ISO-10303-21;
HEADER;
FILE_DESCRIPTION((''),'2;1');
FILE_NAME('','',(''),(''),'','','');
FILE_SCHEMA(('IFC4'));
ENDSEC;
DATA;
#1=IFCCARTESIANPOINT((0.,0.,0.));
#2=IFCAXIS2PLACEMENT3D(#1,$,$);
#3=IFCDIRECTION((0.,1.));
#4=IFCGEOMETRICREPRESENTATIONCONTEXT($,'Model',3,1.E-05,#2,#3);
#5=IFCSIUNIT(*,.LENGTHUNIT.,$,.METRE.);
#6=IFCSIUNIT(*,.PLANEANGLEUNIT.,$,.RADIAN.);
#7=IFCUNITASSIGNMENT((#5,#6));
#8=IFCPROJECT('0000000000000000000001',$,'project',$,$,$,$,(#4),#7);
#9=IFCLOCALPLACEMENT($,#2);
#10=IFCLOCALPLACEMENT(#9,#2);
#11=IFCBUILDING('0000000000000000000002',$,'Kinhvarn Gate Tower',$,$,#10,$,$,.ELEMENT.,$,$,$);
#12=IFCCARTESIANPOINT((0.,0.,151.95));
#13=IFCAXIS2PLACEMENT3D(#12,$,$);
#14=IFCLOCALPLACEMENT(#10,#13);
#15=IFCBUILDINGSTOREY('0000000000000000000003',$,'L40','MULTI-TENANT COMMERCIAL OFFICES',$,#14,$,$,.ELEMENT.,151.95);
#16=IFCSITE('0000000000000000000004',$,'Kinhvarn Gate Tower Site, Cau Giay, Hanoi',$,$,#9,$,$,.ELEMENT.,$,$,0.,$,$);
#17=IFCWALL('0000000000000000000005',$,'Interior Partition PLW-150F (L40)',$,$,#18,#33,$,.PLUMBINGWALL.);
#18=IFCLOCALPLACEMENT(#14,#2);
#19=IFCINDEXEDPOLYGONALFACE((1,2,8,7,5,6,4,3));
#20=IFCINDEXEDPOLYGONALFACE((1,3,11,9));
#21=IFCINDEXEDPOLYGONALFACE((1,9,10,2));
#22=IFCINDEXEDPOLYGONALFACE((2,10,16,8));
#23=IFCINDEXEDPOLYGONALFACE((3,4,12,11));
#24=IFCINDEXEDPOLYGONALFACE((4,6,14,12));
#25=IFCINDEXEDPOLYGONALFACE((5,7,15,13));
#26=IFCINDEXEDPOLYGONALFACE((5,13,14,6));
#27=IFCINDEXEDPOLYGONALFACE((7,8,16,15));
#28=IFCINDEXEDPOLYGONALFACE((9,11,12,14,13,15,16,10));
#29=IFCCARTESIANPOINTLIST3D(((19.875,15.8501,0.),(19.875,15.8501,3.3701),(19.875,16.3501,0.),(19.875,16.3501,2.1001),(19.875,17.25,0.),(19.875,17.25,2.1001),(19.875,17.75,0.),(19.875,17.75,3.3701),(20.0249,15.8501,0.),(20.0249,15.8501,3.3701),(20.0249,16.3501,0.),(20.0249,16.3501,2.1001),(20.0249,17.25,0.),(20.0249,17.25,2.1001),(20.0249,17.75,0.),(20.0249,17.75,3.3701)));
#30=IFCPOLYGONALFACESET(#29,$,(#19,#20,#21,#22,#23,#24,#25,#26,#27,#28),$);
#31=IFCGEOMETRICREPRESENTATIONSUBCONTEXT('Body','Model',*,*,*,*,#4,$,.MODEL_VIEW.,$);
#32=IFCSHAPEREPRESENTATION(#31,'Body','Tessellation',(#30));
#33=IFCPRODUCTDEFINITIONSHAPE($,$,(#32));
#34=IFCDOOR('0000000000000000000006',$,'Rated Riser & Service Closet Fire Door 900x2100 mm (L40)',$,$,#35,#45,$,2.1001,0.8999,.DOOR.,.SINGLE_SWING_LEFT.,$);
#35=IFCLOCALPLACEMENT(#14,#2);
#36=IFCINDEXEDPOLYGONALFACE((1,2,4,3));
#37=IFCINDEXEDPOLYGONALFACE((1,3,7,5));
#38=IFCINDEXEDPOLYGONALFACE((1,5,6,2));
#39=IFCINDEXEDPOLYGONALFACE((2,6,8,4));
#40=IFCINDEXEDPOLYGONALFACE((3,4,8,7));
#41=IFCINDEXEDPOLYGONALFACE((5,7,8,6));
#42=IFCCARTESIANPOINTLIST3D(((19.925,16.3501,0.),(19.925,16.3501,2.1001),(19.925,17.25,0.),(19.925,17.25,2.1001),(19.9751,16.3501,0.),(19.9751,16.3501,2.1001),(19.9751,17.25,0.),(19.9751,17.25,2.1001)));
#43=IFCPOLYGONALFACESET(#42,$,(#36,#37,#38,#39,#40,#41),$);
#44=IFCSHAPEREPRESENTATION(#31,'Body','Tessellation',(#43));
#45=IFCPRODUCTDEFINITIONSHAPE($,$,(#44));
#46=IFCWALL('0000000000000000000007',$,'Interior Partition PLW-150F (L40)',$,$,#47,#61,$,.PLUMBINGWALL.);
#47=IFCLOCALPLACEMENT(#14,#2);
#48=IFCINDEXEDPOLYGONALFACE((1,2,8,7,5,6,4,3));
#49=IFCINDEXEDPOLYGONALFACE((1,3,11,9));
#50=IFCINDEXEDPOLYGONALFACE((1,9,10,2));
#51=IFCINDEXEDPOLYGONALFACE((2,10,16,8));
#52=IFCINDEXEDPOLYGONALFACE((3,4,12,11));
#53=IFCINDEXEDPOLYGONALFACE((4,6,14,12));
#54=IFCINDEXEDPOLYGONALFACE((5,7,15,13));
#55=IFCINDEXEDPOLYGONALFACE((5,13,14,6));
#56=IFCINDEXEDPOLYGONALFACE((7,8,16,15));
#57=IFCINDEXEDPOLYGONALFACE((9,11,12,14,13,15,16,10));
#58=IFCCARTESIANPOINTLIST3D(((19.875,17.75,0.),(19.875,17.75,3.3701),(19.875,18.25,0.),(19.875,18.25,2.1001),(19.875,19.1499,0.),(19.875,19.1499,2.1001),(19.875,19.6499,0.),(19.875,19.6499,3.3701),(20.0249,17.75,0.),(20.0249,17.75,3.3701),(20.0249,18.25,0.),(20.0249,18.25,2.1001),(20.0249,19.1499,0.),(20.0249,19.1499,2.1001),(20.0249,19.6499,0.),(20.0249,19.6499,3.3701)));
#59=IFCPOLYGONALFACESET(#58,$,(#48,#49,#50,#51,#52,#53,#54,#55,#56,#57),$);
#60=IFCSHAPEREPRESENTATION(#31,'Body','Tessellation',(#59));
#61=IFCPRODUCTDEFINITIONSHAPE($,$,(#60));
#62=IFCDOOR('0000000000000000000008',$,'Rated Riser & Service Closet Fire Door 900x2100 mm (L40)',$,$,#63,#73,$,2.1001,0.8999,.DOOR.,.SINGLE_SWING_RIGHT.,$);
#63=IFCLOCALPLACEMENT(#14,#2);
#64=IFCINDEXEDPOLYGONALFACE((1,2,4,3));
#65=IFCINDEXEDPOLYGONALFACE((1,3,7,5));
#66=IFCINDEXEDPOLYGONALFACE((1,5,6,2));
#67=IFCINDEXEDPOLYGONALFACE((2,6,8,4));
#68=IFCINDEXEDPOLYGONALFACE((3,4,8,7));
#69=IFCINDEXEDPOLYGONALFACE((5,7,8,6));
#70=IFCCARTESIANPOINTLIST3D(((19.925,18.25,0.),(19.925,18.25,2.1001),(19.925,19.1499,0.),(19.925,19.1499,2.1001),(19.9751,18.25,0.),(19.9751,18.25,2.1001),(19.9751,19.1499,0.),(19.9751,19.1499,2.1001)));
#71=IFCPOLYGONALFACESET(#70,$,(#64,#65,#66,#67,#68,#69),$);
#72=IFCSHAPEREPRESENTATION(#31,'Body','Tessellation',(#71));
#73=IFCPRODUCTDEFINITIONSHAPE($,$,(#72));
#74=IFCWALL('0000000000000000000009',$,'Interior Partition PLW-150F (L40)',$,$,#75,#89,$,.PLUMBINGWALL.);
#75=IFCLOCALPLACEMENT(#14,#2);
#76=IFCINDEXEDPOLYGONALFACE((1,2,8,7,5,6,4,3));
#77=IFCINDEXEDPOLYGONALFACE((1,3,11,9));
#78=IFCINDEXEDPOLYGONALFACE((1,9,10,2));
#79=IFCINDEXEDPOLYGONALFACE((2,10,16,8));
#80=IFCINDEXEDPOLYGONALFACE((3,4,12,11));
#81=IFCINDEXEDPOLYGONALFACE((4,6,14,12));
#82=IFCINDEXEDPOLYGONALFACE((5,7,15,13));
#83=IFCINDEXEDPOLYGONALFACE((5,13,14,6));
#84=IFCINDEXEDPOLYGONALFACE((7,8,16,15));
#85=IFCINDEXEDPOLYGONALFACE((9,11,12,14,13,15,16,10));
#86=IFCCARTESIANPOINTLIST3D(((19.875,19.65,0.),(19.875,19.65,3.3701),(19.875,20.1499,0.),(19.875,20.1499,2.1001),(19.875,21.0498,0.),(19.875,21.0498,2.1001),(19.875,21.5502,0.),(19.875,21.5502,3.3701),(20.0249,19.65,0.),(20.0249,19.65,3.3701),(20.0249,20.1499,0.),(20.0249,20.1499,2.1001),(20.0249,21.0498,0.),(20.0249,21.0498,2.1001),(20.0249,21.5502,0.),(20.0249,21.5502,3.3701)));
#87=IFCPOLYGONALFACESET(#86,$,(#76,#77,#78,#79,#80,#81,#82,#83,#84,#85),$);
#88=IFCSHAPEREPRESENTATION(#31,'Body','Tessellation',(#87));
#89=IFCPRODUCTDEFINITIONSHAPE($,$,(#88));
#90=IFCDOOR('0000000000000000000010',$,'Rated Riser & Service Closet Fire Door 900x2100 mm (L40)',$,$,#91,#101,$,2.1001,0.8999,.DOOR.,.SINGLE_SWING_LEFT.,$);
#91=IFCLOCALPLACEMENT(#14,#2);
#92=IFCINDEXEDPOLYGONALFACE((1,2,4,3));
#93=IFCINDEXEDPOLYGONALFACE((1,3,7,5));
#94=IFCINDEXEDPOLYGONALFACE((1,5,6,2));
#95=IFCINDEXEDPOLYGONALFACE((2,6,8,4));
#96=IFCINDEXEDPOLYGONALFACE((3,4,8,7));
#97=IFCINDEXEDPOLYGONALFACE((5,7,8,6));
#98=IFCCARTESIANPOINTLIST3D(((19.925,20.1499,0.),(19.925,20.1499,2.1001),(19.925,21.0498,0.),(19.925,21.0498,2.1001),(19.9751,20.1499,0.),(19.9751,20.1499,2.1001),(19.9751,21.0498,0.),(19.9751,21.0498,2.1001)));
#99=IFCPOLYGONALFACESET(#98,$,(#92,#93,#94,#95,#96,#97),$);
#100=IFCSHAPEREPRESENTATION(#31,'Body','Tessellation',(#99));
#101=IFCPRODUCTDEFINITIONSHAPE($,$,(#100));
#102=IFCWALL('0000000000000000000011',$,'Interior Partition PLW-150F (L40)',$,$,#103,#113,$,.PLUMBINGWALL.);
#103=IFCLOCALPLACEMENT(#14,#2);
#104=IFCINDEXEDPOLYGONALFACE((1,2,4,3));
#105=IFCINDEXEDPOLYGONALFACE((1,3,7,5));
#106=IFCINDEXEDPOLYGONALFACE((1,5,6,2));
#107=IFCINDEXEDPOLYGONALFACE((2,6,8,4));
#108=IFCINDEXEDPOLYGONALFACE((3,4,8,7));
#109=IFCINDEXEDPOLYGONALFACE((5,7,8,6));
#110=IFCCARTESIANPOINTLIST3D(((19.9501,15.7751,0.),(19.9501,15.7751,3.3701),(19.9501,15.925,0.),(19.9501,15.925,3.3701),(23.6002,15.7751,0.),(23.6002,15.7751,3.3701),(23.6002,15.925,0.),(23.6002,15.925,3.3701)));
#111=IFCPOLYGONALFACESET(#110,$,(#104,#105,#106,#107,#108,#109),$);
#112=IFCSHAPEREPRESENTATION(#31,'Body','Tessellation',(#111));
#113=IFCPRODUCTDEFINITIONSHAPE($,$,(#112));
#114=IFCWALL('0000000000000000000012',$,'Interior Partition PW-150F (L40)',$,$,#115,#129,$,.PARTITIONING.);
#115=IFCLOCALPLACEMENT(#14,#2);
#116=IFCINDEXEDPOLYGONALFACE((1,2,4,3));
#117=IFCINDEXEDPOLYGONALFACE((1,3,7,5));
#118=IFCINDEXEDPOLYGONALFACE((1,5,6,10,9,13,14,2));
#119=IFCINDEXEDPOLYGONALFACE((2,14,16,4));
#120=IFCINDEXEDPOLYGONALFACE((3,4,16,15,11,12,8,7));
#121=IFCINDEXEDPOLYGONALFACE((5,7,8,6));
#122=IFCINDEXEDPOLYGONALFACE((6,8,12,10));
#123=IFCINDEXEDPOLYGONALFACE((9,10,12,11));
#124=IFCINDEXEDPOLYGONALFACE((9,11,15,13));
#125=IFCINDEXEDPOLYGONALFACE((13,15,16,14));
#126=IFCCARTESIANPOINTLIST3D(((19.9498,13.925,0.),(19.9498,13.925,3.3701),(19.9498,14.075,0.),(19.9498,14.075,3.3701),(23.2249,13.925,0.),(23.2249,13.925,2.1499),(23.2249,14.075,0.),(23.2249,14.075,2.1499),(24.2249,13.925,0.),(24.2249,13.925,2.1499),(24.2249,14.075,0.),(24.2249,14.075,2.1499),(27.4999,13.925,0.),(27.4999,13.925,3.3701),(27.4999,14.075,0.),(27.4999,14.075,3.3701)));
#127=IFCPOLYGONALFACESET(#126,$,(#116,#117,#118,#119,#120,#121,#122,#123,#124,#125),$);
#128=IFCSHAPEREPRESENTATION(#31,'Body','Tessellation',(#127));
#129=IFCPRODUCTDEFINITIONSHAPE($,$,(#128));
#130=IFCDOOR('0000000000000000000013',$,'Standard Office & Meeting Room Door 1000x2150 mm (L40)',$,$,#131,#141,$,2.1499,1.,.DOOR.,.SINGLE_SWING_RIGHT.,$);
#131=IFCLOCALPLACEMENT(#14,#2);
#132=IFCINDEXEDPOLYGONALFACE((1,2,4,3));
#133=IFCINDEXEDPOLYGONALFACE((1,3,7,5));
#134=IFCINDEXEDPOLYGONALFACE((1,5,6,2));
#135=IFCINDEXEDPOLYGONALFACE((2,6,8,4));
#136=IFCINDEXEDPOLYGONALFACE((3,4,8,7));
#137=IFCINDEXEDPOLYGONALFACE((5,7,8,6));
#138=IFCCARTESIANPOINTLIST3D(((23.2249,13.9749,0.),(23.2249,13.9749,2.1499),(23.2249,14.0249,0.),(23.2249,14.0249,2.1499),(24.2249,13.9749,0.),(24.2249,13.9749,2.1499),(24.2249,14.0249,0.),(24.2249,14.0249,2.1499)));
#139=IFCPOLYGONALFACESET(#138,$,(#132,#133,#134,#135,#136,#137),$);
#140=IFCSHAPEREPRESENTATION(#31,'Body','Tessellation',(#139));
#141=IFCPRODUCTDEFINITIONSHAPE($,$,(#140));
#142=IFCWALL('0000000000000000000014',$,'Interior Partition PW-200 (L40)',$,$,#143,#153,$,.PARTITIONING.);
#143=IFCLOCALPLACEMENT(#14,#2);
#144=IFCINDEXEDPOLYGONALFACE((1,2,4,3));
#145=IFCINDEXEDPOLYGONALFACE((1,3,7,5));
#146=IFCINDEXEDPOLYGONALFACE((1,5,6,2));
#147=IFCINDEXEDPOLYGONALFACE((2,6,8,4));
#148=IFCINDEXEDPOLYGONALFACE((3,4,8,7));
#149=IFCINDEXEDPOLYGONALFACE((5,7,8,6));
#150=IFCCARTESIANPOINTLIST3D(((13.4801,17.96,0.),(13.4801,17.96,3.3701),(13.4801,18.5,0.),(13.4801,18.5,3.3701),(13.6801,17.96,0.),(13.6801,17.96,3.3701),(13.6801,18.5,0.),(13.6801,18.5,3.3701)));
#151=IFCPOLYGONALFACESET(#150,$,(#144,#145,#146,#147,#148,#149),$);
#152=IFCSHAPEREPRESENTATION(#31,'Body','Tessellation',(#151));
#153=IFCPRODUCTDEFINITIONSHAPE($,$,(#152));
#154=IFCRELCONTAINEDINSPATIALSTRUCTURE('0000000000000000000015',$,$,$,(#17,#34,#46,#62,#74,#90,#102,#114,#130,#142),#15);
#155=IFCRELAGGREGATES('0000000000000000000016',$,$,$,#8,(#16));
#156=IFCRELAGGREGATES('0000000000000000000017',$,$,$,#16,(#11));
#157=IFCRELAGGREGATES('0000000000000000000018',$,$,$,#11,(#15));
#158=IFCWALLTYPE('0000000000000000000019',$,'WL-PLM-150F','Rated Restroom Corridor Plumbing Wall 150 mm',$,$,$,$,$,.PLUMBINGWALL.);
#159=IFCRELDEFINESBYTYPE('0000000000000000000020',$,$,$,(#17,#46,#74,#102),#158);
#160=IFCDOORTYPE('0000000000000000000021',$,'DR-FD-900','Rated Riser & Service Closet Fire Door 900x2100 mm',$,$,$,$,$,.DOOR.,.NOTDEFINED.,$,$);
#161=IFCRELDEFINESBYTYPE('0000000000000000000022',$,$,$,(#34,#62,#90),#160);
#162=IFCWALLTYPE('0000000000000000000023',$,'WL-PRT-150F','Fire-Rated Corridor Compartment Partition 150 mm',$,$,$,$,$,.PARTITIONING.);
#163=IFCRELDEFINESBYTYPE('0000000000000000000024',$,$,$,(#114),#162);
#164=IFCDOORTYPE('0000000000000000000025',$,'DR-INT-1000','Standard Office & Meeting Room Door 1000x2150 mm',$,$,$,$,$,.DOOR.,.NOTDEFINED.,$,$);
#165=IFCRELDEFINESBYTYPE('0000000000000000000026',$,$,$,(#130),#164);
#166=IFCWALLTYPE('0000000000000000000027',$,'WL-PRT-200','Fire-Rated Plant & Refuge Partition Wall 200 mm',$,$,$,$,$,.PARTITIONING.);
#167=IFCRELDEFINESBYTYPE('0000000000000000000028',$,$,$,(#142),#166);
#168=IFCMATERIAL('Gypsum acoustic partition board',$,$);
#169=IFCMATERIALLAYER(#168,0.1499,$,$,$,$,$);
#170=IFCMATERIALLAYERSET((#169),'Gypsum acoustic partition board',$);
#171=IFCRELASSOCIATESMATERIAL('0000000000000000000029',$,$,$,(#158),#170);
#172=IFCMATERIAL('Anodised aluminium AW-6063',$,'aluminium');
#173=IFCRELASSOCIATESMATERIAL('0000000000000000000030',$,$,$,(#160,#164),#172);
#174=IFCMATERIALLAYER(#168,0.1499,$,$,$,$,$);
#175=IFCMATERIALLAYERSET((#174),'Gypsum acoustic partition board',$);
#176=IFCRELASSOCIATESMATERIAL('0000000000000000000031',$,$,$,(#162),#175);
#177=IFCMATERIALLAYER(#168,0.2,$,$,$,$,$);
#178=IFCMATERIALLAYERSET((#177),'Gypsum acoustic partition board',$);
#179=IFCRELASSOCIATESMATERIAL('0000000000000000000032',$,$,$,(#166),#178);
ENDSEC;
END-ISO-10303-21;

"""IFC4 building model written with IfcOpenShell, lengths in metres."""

from ifc_helpers import new_model, si_unit, direction, frame, frame_2d, origin, place, context, subcontext, project, spatial, rectangle, extrude, material, layer, layer_set, type_object, element, fill, save


model = new_model("IFC4")

# Units and contexts
model_context = context("Model", 3, precision=1e-05, world=origin(), true_north=direction((0.0, 1.0)))
body_context = subcontext(model_context, "Body", "Model", "MODEL_VIEW")
ifc_project = project(units=[si_unit("LENGTHUNIT", "METRE"), si_unit("PLANEANGLEUNIT", "RADIAN")], contexts=[model_context])

# Site, building, storey
site_placement = place(None, origin())
site = spatial("IfcSite", under=ifc_project, at=site_placement, Name="Kinhvarn Gate Tower Site, Cau Giay, Hanoi", CompositionType="ELEMENT", RefElevation=0.0)
building_placement = place(site_placement, origin())
building = spatial("IfcBuilding", under=site, at=building_placement, Name="Kinhvarn Gate Tower", CompositionType="ELEMENT")
storey_placement = place(building_placement, frame((0.0, 0.0, 151.95)))
storey = spatial("IfcBuildingStorey", under=building, at=storey_placement, Name="L40", Description="MULTI-TENANT COMMERCIAL OFFICES", CompositionType="ELEMENT", Elevation=151.95)

# Shared definitions
ifc_material_1 = material(Name="Anodised aluminium AW-6063", Category="aluminium")

# Shared definitions
ifc_material_2 = material(Name="Gypsum acoustic partition board")

# Walls, openings, doors
ifc_layer_1 = layer(ifc_material_2, 0.1499)
ifc_layer_set_1 = layer_set([ifc_layer_1], Name="Gypsum acoustic partition board")
wall_type_1 = type_object("IfcWallType", Name="WL-PLM-150F", Description="Rated Restroom Corridor Plumbing Wall 150 mm", PredefinedType="PLUMBINGWALL", material=ifc_layer_set_1)
wall_1_placement = place(storey_placement, frame((19.95, 15.8501, 0.0), z_axis=(0.0, 0.0, 1.0), x_axis=(0.0, 1.0, 0.0)))
wall_1 = element("IfcWall", 1, at=wall_1_placement, inside=storey, type_object=wall_type_1, Name="Interior Partition PLW-150F (L40)", PredefinedType="PLUMBINGWALL", context=body_context, shape_type="SweptSolid", body=[
    extrude(rectangle(XDim=1.8999, YDim=0.1499, at=frame_2d((0.95, 0.0))), origin(), (0.0, 0.0, 1.0), 3.3701),
])
opening_1_placement = place(wall_1_placement, frame((0.5, 0.0, 0.0)))
opening_1 = element("IfcOpeningElement", 2, at=opening_1_placement, cuts=wall_1, PredefinedType="OPENING", context=body_context, shape_type="SweptSolid", body=[
    extrude(rectangle(XDim=0.8999, YDim=2.1001, at=frame_2d((0.45, 1.05))), frame((0.0, 0.085, 0.0), z_axis=(0.0, -1.0, 0.0), x_axis=(1.0, 0.0, 0.0)), (0.0, 0.0, 1.0), 0.1699),
])
door_type_1 = type_object("IfcDoorType", Name="DR-FD-900", Description="Rated Riser & Service Closet Fire Door 900x2100 mm", OperationType="NOTDEFINED", PredefinedType="DOOR", material=ifc_material_1)
door_1_placement = place(opening_1_placement, origin())
door_1 = element("IfcDoor", 3, at=door_1_placement, inside=storey, type_object=door_type_1, Name="Rated Riser & Service Closet Fire Door 900x2100 mm (L40)", OperationType="SINGLE_SWING_LEFT", OverallHeight=2.1001, OverallWidth=0.8999, PredefinedType="DOOR", context=body_context, shape_type="SweptSolid", body=[
    extrude(rectangle(XDim=0.8999, YDim=2.1001, at=frame_2d((0.45, 1.05))), frame((0.0, 0.0249, 0.0), z_axis=(0.0, -1.0, 0.0), x_axis=(1.0, 0.0, 0.0)), (0.0, 0.0, 1.0), 0.05),
])
fill(opening_1, door_1)
wall_2_placement = place(storey_placement, frame((19.95, 17.75, 0.0), z_axis=(0.0, 0.0, 1.0), x_axis=(0.0, 1.0, 0.0)))
wall_2 = element("IfcWall", 4, at=wall_2_placement, inside=storey, type_object=wall_type_1, Name="Interior Partition PLW-150F (L40)", PredefinedType="PLUMBINGWALL", context=body_context, shape_type="SweptSolid", body=[
    extrude(rectangle(XDim=1.8999, YDim=0.1499, at=frame_2d((0.95, 0.0))), origin(), (0.0, 0.0, 1.0), 3.3701),
])
opening_2_placement = place(wall_2_placement, frame((0.5, 0.0, 0.0)))
opening_2 = element("IfcOpeningElement", 5, at=opening_2_placement, cuts=wall_2, PredefinedType="OPENING", context=body_context, shape_type="SweptSolid", body=[
    extrude(rectangle(XDim=0.8999, YDim=2.1001, at=frame_2d((0.45, 1.05))), frame((0.0, 0.085, 0.0), z_axis=(0.0, -1.0, 0.0), x_axis=(1.0, 0.0, 0.0)), (0.0, 0.0, 1.0), 0.1699),
])
door_2_placement = place(opening_2_placement, origin())
door_2 = element("IfcDoor", 6, at=door_2_placement, inside=storey, type_object=door_type_1, Name="Rated Riser & Service Closet Fire Door 900x2100 mm (L40)", OperationType="SINGLE_SWING_RIGHT", OverallHeight=2.1001, OverallWidth=0.8999, PredefinedType="DOOR", context=body_context, shape_type="SweptSolid", body=[
    extrude(rectangle(XDim=0.8999, YDim=2.1001, at=frame_2d((0.45, 1.05))), frame((0.0, 0.0249, 0.0), z_axis=(0.0, -1.0, 0.0), x_axis=(1.0, 0.0, 0.0)), (0.0, 0.0, 1.0), 0.05),
])
fill(opening_2, door_2)
wall_3_placement = place(storey_placement, frame((19.95, 19.6499, 0.0), z_axis=(0.0, 0.0, 1.0), x_axis=(0.0, 1.0, 0.0)))
wall_3 = element("IfcWall", 7, at=wall_3_placement, inside=storey, type_object=wall_type_1, Name="Interior Partition PLW-150F (L40)", PredefinedType="PLUMBINGWALL", context=body_context, shape_type="SweptSolid", body=[
    extrude(rectangle(XDim=1.9001, YDim=0.1499, at=frame_2d((0.9502, 0.0))), origin(), (0.0, 0.0, 1.0), 3.3701),
])
opening_3_placement = place(wall_3_placement, frame((0.5, 0.0, 0.0)))
opening_3 = element("IfcOpeningElement", 8, at=opening_3_placement, cuts=wall_3, PredefinedType="OPENING", context=body_context, shape_type="SweptSolid", body=[
    extrude(rectangle(XDim=0.8999, YDim=2.1001, at=frame_2d((0.45, 1.05))), frame((0.0, 0.085, 0.0), z_axis=(0.0, -1.0, 0.0), x_axis=(1.0, 0.0, 0.0)), (0.0, 0.0, 1.0), 0.1699),
])
door_3_placement = place(opening_3_placement, origin())
door_3 = element("IfcDoor", 9, at=door_3_placement, inside=storey, type_object=door_type_1, Name="Rated Riser & Service Closet Fire Door 900x2100 mm (L40)", OperationType="SINGLE_SWING_LEFT", OverallHeight=2.1001, OverallWidth=0.8999, PredefinedType="DOOR", context=body_context, shape_type="SweptSolid", body=[
    extrude(rectangle(XDim=0.8999, YDim=2.1001, at=frame_2d((0.45, 1.05))), frame((0.0, 0.0249, 0.0), z_axis=(0.0, -1.0, 0.0), x_axis=(1.0, 0.0, 0.0)), (0.0, 0.0, 1.0), 0.05),
])
fill(opening_3, door_3)

# Wall
wall_4_placement = place(storey_placement, frame((19.95, 15.8501, 0.0), z_axis=(0.0, 0.0, 1.0), x_axis=(1.0, 0.0, 0.0)))
element("IfcWall", 10, at=wall_4_placement, inside=storey, type_object=wall_type_1, Name="Interior Partition PLW-150F (L40)", PredefinedType="PLUMBINGWALL", context=body_context, shape_type="SweptSolid", body=[
    extrude(rectangle(XDim=3.6501, YDim=0.1499, at=frame_2d((1.8252, 0.0))), origin(), (0.0, 0.0, 1.0), 3.3701),
])

# Wall, opening, door
ifc_layer_2 = layer(ifc_material_2, 0.1499)
ifc_layer_set_2 = layer_set([ifc_layer_2], Name="Gypsum acoustic partition board")
wall_type_2 = type_object("IfcWallType", Name="WL-PRT-150F", Description="Fire-Rated Corridor Compartment Partition 150 mm", PredefinedType="PARTITIONING", material=ifc_layer_set_2)
door_type_2 = type_object("IfcDoorType", Name="DR-INT-1000", Description="Standard Office & Meeting Room Door 1000x2150 mm", OperationType="NOTDEFINED", PredefinedType="DOOR", material=ifc_material_1)
wall_5_placement = place(storey_placement, frame((19.95, 14.0, 0.0), z_axis=(0.0, 0.0, 1.0), x_axis=(1.0, 0.0, 0.0)))
wall_5 = element("IfcWall", 11, at=wall_5_placement, inside=storey, type_object=wall_type_2, Name="Interior Partition PW-150F (L40)", PredefinedType="PARTITIONING", context=body_context, shape_type="SweptSolid", body=[
    extrude(rectangle(XDim=7.55, YDim=0.1499, at=frame_2d((3.7749, 0.0))), origin(), (0.0, 0.0, 1.0), 3.3701),
])
opening_4_placement = place(wall_5_placement, frame((3.2749, 0.0, 0.0)))
opening_4 = element("IfcOpeningElement", 12, at=opening_4_placement, cuts=wall_5, PredefinedType="OPENING", context=body_context, shape_type="SweptSolid", body=[
    extrude(rectangle(XDim=1.0, YDim=2.1499, at=frame_2d((0.5, 1.075))), frame((0.0, 0.085, 0.0), z_axis=(0.0, -1.0, 0.0), x_axis=(1.0, 0.0, 0.0)), (0.0, 0.0, 1.0), 0.1699),
])
door_4_placement = place(opening_4_placement, origin())
door_4 = element("IfcDoor", 13, at=door_4_placement, inside=storey, type_object=door_type_2, Name="Standard Office & Meeting Room Door 1000x2150 mm (L40)", OperationType="SINGLE_SWING_RIGHT", OverallHeight=2.1499, OverallWidth=1.0, PredefinedType="DOOR", context=body_context, shape_type="SweptSolid", body=[
    extrude(rectangle(XDim=1.0, YDim=2.1499, at=frame_2d((0.5, 1.075))), frame((0.0, 0.0249, 0.0), z_axis=(0.0, -1.0, 0.0), x_axis=(1.0, 0.0, 0.0)), (0.0, 0.0, 1.0), 0.05),
])
fill(opening_4, door_4)

# Wall
ifc_layer_3 = layer(ifc_material_2, 0.2)
ifc_layer_set_3 = layer_set([ifc_layer_3], Name="Gypsum acoustic partition board")
wall_type_3 = type_object("IfcWallType", Name="WL-PRT-200", Description="Fire-Rated Plant & Refuge Partition Wall 200 mm", PredefinedType="PARTITIONING", material=ifc_layer_set_3)
wall_6_placement = place(storey_placement, frame((13.5801, 17.96, 0.0), z_axis=(0.0, 0.0, 1.0), x_axis=(0.0, 1.0, 0.0)))
element("IfcWall", 14, at=wall_6_placement, inside=storey, type_object=wall_type_3, Name="Interior Partition PW-200 (L40)", PredefinedType="PARTITIONING", context=body_context, shape_type="SweptSolid", body=[
    extrude(rectangle(XDim=0.54, YDim=0.2, at=frame_2d((0.27, 0.0))), origin(), (0.0, 0.0, 1.0), 3.3701),
])

save(model, "model.ifc")
